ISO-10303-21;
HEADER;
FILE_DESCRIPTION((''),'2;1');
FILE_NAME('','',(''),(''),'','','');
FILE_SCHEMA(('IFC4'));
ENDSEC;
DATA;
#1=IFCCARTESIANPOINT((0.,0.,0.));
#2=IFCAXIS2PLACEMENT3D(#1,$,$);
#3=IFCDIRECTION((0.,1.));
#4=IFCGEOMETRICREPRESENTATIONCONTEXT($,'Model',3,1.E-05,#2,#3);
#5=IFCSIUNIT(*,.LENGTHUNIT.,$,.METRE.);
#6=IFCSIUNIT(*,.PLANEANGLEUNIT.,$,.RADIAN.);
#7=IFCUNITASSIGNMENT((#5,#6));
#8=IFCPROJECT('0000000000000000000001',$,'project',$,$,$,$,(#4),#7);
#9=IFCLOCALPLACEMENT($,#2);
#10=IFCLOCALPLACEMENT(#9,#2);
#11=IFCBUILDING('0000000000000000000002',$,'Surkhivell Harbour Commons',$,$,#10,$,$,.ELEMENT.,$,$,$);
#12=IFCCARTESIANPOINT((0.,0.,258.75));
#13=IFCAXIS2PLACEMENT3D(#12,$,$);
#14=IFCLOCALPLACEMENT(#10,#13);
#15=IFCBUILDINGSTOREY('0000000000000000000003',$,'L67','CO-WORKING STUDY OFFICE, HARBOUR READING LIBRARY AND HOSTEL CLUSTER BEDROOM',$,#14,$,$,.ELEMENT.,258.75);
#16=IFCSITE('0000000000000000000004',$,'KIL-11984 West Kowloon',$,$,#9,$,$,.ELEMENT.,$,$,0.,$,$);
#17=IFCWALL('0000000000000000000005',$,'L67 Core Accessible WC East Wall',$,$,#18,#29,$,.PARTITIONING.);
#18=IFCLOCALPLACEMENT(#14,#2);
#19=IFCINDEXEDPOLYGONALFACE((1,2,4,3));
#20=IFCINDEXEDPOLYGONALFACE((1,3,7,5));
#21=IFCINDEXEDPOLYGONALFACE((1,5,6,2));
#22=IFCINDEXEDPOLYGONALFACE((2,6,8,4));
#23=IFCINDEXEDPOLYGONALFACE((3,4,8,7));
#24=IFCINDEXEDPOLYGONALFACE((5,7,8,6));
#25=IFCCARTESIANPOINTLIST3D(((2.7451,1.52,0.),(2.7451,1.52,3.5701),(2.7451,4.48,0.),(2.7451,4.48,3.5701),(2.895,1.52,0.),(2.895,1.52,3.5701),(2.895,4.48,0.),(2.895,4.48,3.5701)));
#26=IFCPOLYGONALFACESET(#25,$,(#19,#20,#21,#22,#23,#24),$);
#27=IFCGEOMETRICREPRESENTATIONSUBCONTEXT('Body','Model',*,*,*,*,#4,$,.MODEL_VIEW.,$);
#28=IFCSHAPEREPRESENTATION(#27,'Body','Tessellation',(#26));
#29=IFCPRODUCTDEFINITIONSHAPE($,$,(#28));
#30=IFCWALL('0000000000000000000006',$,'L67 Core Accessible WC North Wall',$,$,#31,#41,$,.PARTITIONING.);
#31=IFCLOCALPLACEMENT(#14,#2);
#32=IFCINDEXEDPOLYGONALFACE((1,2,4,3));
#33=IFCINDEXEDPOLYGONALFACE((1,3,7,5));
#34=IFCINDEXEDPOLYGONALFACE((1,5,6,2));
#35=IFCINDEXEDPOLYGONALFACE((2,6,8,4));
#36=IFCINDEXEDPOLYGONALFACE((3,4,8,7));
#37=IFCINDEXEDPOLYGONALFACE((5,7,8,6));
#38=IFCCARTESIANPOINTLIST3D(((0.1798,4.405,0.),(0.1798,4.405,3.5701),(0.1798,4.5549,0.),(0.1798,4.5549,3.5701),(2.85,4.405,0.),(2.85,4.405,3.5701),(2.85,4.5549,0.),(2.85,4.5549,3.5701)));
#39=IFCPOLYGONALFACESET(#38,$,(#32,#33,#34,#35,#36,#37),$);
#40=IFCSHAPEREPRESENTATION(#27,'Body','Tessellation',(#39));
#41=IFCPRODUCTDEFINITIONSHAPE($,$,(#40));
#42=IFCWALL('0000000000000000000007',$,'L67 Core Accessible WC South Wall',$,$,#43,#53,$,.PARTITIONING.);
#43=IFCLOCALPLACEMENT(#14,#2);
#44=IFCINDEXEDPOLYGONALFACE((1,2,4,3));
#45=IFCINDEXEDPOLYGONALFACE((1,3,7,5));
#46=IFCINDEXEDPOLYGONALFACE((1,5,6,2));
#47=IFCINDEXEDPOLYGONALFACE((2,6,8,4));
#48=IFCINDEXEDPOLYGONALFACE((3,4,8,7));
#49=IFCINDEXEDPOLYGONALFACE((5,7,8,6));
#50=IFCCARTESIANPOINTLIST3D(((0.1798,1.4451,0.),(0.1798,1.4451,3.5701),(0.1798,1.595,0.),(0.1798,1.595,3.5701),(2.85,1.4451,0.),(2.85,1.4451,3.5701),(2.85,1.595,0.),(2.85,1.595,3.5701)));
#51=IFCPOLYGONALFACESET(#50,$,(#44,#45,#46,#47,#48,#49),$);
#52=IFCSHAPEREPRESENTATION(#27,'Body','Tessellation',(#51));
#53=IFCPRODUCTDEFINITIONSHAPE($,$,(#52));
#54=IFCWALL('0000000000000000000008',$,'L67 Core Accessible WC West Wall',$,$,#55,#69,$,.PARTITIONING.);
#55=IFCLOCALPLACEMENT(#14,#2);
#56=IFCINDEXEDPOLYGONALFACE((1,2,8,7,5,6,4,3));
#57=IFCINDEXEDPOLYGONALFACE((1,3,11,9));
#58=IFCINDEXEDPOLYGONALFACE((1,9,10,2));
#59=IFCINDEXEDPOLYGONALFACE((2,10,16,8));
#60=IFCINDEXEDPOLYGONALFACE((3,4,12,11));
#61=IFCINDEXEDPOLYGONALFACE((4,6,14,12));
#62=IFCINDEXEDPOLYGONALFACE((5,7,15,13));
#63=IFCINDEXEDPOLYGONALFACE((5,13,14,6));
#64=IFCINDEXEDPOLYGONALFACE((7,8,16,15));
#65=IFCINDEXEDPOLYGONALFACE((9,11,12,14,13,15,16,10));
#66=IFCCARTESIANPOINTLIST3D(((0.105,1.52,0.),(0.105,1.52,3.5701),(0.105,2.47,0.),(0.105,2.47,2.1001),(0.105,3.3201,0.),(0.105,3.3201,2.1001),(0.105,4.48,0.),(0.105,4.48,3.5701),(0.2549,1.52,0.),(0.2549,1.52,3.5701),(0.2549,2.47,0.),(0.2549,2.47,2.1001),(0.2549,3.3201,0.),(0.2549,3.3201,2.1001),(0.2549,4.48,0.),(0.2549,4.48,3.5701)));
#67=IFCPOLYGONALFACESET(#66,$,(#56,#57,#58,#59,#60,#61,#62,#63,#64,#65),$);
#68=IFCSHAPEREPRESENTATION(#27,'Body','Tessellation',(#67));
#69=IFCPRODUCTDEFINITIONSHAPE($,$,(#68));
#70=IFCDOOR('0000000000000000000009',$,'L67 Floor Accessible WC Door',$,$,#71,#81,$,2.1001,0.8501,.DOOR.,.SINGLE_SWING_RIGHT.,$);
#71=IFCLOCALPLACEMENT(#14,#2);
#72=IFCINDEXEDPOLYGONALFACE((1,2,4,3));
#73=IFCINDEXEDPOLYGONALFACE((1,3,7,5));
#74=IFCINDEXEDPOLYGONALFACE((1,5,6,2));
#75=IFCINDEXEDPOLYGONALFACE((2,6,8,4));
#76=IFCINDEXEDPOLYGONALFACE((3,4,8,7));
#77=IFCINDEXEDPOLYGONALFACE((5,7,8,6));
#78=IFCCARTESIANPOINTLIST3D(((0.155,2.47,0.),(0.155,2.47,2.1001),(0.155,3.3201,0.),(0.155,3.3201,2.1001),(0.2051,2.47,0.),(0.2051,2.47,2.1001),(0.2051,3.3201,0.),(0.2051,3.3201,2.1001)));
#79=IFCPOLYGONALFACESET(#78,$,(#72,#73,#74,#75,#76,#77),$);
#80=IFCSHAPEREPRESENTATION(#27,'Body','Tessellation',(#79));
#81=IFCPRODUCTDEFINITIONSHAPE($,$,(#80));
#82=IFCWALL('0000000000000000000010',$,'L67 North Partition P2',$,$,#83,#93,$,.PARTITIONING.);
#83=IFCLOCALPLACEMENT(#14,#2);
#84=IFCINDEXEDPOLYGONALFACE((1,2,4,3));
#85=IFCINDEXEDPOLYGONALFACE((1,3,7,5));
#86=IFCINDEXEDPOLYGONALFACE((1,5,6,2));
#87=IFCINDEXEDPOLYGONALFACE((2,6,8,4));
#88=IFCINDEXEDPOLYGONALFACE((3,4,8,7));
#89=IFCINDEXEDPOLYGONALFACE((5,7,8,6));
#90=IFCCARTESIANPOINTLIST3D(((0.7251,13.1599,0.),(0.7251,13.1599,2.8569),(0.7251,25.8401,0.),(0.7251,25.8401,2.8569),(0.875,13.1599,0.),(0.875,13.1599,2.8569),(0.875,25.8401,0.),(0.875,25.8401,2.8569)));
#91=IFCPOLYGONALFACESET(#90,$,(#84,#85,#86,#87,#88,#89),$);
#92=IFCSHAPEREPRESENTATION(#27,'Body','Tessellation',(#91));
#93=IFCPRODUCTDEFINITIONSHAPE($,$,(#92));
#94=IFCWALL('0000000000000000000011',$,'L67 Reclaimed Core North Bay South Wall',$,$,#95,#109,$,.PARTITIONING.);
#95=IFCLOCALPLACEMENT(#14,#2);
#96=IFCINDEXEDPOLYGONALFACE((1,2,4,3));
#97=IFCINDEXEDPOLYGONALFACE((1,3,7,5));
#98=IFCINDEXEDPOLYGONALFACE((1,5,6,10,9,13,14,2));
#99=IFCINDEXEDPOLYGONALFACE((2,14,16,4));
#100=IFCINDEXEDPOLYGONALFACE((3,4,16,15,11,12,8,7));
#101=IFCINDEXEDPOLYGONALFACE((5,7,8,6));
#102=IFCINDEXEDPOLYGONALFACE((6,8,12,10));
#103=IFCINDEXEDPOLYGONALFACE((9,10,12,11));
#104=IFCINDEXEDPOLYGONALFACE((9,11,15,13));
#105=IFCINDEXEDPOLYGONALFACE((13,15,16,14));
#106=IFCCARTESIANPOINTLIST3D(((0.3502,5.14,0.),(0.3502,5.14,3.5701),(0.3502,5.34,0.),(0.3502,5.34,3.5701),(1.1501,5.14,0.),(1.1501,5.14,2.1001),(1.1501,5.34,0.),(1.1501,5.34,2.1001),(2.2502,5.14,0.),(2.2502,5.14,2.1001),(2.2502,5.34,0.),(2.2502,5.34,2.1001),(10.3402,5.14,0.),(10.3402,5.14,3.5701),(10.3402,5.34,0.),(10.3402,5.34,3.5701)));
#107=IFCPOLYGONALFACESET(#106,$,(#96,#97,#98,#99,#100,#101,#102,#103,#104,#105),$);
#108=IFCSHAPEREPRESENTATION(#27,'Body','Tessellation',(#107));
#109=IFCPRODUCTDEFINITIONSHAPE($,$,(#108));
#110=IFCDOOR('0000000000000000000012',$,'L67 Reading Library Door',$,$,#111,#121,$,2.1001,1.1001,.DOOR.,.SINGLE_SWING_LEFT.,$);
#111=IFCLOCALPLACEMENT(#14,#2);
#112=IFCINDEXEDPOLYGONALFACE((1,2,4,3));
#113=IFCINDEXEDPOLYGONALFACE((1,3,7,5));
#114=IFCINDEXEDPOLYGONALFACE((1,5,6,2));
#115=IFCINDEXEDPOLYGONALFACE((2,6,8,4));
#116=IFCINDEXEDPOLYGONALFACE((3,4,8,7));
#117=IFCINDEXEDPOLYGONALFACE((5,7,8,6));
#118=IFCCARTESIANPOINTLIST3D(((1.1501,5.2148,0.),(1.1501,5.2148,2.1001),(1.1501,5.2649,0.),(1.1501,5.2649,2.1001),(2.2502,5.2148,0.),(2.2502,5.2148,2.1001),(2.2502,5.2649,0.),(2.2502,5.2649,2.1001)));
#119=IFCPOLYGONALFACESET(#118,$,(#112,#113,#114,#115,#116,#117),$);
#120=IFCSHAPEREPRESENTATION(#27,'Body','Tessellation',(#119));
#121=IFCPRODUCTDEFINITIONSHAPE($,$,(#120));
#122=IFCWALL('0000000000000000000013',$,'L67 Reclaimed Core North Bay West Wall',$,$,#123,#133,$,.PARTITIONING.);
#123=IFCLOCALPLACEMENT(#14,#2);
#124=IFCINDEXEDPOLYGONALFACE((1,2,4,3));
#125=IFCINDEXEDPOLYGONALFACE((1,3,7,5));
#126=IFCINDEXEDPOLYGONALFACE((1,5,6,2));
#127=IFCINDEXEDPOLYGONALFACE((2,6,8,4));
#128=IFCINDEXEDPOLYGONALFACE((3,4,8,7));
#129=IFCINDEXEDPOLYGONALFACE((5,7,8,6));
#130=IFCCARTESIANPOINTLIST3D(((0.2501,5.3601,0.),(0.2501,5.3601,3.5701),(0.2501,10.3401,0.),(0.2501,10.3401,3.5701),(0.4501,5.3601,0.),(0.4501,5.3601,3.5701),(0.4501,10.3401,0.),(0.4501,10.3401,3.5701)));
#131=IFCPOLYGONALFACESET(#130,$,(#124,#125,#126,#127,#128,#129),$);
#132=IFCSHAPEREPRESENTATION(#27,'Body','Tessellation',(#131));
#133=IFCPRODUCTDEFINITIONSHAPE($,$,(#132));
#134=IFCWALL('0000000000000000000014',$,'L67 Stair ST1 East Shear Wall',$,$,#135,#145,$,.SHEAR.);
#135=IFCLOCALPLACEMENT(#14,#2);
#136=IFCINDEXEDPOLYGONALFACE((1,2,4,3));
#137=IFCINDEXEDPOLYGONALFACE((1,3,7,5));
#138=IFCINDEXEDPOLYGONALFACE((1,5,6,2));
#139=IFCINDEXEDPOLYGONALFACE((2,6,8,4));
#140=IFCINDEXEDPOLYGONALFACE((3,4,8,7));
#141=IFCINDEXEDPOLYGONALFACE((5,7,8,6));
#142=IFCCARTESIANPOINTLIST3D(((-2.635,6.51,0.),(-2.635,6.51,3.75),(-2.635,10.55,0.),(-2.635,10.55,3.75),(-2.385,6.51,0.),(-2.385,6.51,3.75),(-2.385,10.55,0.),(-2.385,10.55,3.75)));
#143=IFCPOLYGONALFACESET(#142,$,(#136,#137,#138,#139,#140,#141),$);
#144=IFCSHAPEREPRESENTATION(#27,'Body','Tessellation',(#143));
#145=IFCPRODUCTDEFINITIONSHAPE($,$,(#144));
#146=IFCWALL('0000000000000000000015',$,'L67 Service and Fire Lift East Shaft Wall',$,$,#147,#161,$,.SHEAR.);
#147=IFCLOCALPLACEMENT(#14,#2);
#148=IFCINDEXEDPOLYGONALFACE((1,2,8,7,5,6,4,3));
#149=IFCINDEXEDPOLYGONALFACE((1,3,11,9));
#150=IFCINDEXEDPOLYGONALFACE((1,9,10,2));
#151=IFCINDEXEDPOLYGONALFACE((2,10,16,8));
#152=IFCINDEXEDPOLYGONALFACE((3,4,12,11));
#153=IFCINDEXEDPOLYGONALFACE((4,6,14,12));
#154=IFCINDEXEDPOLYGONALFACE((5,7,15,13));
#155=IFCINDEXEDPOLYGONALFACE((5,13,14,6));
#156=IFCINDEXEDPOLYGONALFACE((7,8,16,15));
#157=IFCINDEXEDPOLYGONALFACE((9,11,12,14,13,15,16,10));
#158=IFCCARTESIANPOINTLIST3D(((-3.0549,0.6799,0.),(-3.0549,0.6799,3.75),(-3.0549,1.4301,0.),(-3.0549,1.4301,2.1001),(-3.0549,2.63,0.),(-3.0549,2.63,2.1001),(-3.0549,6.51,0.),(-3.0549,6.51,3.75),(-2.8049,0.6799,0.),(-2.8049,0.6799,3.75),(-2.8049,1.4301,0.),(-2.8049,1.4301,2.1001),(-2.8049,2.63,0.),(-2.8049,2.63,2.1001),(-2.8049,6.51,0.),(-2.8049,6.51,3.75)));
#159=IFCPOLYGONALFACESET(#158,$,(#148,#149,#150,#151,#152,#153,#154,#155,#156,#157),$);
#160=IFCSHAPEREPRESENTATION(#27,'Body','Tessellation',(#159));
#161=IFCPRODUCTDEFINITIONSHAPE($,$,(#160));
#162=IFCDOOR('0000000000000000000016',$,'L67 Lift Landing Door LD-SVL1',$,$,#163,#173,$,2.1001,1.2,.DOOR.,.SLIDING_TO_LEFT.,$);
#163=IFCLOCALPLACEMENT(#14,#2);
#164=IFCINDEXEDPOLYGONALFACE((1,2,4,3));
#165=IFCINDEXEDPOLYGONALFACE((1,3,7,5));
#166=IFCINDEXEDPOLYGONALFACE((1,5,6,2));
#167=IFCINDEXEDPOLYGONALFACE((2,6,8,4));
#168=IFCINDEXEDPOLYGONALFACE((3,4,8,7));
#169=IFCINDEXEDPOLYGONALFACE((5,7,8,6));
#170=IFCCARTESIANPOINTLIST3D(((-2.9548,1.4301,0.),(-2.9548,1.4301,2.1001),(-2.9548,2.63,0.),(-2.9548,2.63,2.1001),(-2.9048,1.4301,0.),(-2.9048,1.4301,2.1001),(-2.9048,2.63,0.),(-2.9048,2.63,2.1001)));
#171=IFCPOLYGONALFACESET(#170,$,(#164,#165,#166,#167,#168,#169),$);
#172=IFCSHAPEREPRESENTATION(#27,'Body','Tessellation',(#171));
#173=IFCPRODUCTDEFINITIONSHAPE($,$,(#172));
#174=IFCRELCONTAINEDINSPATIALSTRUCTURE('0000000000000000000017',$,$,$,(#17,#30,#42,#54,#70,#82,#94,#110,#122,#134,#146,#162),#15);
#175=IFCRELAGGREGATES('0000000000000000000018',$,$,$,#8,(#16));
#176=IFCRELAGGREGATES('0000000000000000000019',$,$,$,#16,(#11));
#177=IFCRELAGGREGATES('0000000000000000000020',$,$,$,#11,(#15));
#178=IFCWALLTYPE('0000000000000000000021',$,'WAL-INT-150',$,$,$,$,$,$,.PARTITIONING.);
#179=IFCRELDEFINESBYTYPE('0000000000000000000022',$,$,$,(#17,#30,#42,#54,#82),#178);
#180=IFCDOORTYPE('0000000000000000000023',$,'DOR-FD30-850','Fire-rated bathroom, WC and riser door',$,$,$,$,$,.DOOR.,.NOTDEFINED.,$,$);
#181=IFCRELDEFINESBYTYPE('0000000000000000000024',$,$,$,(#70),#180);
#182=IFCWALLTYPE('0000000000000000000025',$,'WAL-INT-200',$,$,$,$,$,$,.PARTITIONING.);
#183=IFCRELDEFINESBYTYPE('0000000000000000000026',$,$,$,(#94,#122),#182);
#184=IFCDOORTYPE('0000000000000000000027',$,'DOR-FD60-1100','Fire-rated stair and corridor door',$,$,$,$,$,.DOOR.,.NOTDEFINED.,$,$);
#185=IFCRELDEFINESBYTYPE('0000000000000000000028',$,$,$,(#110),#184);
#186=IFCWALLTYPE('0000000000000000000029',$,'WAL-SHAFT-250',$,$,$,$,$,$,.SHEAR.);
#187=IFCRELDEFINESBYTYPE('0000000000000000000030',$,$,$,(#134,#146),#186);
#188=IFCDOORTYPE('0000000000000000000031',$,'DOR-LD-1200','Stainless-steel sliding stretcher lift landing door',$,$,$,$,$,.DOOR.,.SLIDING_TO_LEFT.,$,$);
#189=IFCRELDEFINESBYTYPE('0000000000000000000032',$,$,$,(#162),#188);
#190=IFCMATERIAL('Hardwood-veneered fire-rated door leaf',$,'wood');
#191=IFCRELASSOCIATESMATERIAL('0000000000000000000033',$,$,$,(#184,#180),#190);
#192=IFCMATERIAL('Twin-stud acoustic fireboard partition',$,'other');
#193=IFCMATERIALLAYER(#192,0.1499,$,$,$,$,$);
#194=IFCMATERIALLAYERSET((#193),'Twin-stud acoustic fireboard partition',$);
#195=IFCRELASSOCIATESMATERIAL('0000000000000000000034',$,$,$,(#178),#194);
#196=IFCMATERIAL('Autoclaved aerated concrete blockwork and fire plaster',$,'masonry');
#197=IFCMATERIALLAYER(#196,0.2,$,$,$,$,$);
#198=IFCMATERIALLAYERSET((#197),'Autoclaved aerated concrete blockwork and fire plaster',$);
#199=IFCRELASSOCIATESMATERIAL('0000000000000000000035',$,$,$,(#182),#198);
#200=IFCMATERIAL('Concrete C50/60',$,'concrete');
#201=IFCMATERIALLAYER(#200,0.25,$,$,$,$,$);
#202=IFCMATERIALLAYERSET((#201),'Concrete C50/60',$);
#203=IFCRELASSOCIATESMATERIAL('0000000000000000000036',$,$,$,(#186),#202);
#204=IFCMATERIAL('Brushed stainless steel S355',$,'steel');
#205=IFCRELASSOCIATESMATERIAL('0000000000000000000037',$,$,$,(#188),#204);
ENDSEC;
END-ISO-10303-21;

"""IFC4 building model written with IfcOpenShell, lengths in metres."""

from ifc_helpers import new_model, si_unit, direction, frame, frame_2d, origin, place, context, subcontext, project, spatial, rectangle, extrude, material, layer, layer_set, type_object, element, fill, save


model = new_model("IFC4")

# Units and contexts
model_context = context("Model", 3, precision=1e-05, world=origin(), true_north=direction((0.0, 1.0)))
body_context = subcontext(model_context, "Body", "Model", "MODEL_VIEW")
ifc_project = project(units=[si_unit("LENGTHUNIT", "METRE"), si_unit("PLANEANGLEUNIT", "RADIAN")], contexts=[model_context])

# Site, building, storey
site_placement = place(None, origin())
site = spatial("IfcSite", under=ifc_project, at=site_placement, Name="KIL-11984 West Kowloon", CompositionType="ELEMENT", RefElevation=0.0)
building_placement = place(site_placement, origin())
building = spatial("IfcBuilding", under=site, at=building_placement, Name="Surkhivell Harbour Commons", CompositionType="ELEMENT")
storey_placement = place(building_placement, frame((0.0, 0.0, 258.75)))
storey = spatial("IfcBuildingStorey", under=building, at=storey_placement, Name="L67", Description="CO-WORKING STUDY OFFICE, HARBOUR READING LIBRARY AND HOSTEL CLUSTER BEDROOM", CompositionType="ELEMENT", Elevation=258.75)

# Shared definitions
ifc_material_1 = material(Name="Concrete C50/60", Category="concrete")
ifc_material_2 = material(Name="Hardwood-veneered fire-rated door leaf", Category="wood")
door_type_1 = type_object("IfcDoorType", Name="DOR-FD60-1100", Description="Fire-rated stair and corridor door", OperationType="NOTDEFINED", PredefinedType="DOOR", material=ifc_material_2)

# Walls
ifc_material_3 = material(Name="Twin-stud acoustic fireboard partition", Category="other")
ifc_layer_1 = layer(ifc_material_3, 0.1499)
ifc_layer_set_1 = layer_set([ifc_layer_1], Name="Twin-stud acoustic fireboard partition")
wall_type_1 = type_object("IfcWallType", Name="WAL-INT-150", PredefinedType="PARTITIONING", material=ifc_layer_set_1)
wall_1_placement = place(storey_placement, frame((2.8201, 1.52, 0.0), z_axis=(0.0, 0.0, 1.0), x_axis=(0.0, 1.0, 0.0)))
element("IfcWall", 1, at=wall_1_placement, inside=storey, type_object=wall_type_1, Name="L67 Core Accessible WC East Wall", PredefinedType="PARTITIONING", context=body_context, shape_type="SweptSolid", body=[
    extrude(rectangle(XDim=2.96, YDim=0.1499, at=frame_2d((1.48, 0.0))), origin(), (0.0, 0.0, 1.0), 3.5701),
])
for number, where, z_axis, x_axis, name in (
    (2, (0.1799, 4.48, 0.0), (0.0, 0.0, 1.0), (1.0, 0.0, 0.0), "L67 Core Accessible WC North Wall"),
    (3, (0.1799, 1.52, 0.0), (0.0, 0.0, 1.0), (1.0, 0.0, 0.0), "L67 Core Accessible WC South Wall"),
):
    element("IfcWall", number, at=place(storey_placement, frame(where, z_axis=z_axis, x_axis=x_axis)), inside=storey, type_object=wall_type_1, Name=name, PredefinedType="PARTITIONING", context=body_context, shape_type="SweptSolid", body=[
        extrude(rectangle(XDim=2.6702, YDim=0.1499, at=frame_2d((1.335, 0.0))), origin(), (0.0, 0.0, 1.0), 3.5701),
    ])

# Wall, opening, door
wall_2_placement = place(storey_placement, frame((0.1799, 1.52, 0.0), z_axis=(0.0, 0.0, 1.0), x_axis=(0.0, 1.0, 0.0)))
wall_2 = element("IfcWall", 4, at=wall_2_placement, inside=storey, type_object=wall_type_1, Name="L67 Core Accessible WC West Wall", PredefinedType="PARTITIONING", context=body_context, shape_type="SweptSolid", body=[
    extrude(rectangle(XDim=2.96, YDim=0.1499, at=frame_2d((1.48, 0.0))), origin(), (0.0, 0.0, 1.0), 3.5701),
])
opening_1_placement = place(wall_2_placement, frame((0.95, 0.0, 0.0)))
opening_1 = element("IfcOpeningElement", 5, at=opening_1_placement, cuts=wall_2, PredefinedType="OPENING", context=body_context, shape_type="SweptSolid", body=[
    extrude(rectangle(XDim=0.8501, YDim=2.1001, at=frame_2d((0.425, 1.05))), frame((0.0, 0.085, 0.0), z_axis=(0.0, -1.0, 0.0), x_axis=(1.0, 0.0, 0.0)), (0.0, 0.0, 1.0), 0.1699),
])
door_type_2 = type_object("IfcDoorType", Name="DOR-FD30-850", Description="Fire-rated bathroom, WC and riser door", OperationType="NOTDEFINED", PredefinedType="DOOR", material=ifc_material_2)
door_1_placement = place(opening_1_placement, origin())
door_1 = element("IfcDoor", 6, at=door_1_placement, inside=storey, type_object=door_type_2, Name="L67 Floor Accessible WC Door", OperationType="SINGLE_SWING_RIGHT", OverallHeight=2.1001, OverallWidth=0.8501, PredefinedType="DOOR", context=body_context, shape_type="SweptSolid", body=[
    extrude(rectangle(XDim=0.8501, YDim=2.1001, at=frame_2d((0.425, 1.05))), frame((0.0, 0.0249, 0.0), z_axis=(0.0, -1.0, 0.0), x_axis=(1.0, 0.0, 0.0)), (0.0, 0.0, 1.0), 0.05),
])
fill(opening_1, door_1)

# Wall
wall_3_placement = place(storey_placement, frame((0.8, 13.1599, 0.0), z_axis=(0.0, 0.0, 1.0), x_axis=(0.0, 1.0, 0.0)))
element("IfcWall", 7, at=wall_3_placement, inside=storey, type_object=wall_type_1, Name="L67 North Partition P2", PredefinedType="PARTITIONING", context=body_context, shape_type="SweptSolid", body=[
    extrude(rectangle(XDim=12.6802, YDim=0.1499, at=frame_2d((6.3401, 0.0))), origin(), (0.0, 0.0, 1.0), 2.8569),
])

# Wall, opening, door
ifc_material_4 = material(Name="Autoclaved aerated concrete blockwork and fire plaster", Category="masonry")
ifc_layer_2 = layer(ifc_material_4, 0.2)
ifc_layer_set_2 = layer_set([ifc_layer_2], Name="Autoclaved aerated concrete blockwork and fire plaster")
wall_type_2 = type_object("IfcWallType", Name="WAL-INT-200", PredefinedType="PARTITIONING", material=ifc_layer_set_2)
wall_4_placement = place(storey_placement, frame((0.3501, 5.24, 0.0), z_axis=(0.0, 0.0, 1.0), x_axis=(1.0, 0.0, 0.0)))
wall_4 = element("IfcWall", 8, at=wall_4_placement, inside=storey, type_object=wall_type_2, Name="L67 Reclaimed Core North Bay South Wall", PredefinedType="PARTITIONING", context=body_context, shape_type="SweptSolid", body=[
    extrude(rectangle(XDim=9.99, YDim=0.2, at=frame_2d((4.9951, 0.0))), origin(), (0.0, 0.0, 1.0), 3.5701),
])
opening_2_placement = place(wall_4_placement, frame((0.8, 0.0, 0.0)))
opening_2 = element("IfcOpeningElement", 9, at=opening_2_placement, cuts=wall_4, PredefinedType="OPENING", context=body_context, shape_type="SweptSolid", body=[
    extrude(rectangle(XDim=1.1001, YDim=2.1001, at=frame_2d((0.55, 1.05))), frame((0.0, 0.1099, 0.0), z_axis=(0.0, -1.0, 0.0), x_axis=(1.0, 0.0, 0.0)), (0.0, 0.0, 1.0), 0.22),
])
door_2_placement = place(opening_2_placement, origin())
door_2 = element("IfcDoor", 10, at=door_2_placement, inside=storey, type_object=door_type_1, Name="L67 Reading Library Door", OperationType="SINGLE_SWING_LEFT", OverallHeight=2.1001, OverallWidth=1.1001, PredefinedType="DOOR", context=body_context, shape_type="SweptSolid", body=[
    extrude(rectangle(XDim=1.1001, YDim=2.1001, at=frame_2d((0.55, 1.05))), frame((0.0, 0.0249, 0.0), z_axis=(0.0, -1.0, 0.0), x_axis=(1.0, 0.0, 0.0)), (0.0, 0.0, 1.0), 0.05),
])
fill(opening_2, door_2)

# Walls
wall_5_placement = place(storey_placement, frame((0.3501, 5.3601, 0.0), z_axis=(0.0, 0.0, 1.0), x_axis=(0.0, 1.0, 0.0)))
element("IfcWall", 11, at=wall_5_placement, inside=storey, type_object=wall_type_2, Name="L67 Reclaimed Core North Bay West Wall", PredefinedType="PARTITIONING", context=body_context, shape_type="SweptSolid", body=[
    extrude(rectangle(XDim=4.98, YDim=0.2, at=frame_2d((2.49, 0.0))), origin(), (0.0, 0.0, 1.0), 3.5701),
])
ifc_layer_3 = layer(ifc_material_1, 0.25)
ifc_layer_set_3 = layer_set([ifc_layer_3], Name="Concrete C50/60")
wall_type_3 = type_object("IfcWallType", Name="WAL-SHAFT-250", PredefinedType="SHEAR", material=ifc_layer_set_3)
wall_6_placement = place(storey_placement, frame((-2.51, 6.51, 0.0), z_axis=(0.0, 0.0, 1.0), x_axis=(0.0, 1.0, 0.0)))
element("IfcWall", 12, at=wall_6_placement, inside=storey, type_object=wall_type_3, Name="L67 Stair ST1 East Shear Wall", PredefinedType="SHEAR", context=body_context, shape_type="SweptSolid", body=[
    extrude(rectangle(XDim=4.04, YDim=0.25, at=frame_2d((2.02, 0.0))), origin(), (0.0, 0.0, 1.0), 3.75),
])

# Wall, opening, door
wall_7_placement = place(storey_placement, frame((-2.9299, 0.6799, 0.0), z_axis=(0.0, 0.0, 1.0), x_axis=(0.0, 1.0, 0.0)))
wall_7 = element("IfcWall", 13, at=wall_7_placement, inside=storey, type_object=wall_type_3, Name="L67 Service and Fire Lift East Shaft Wall", PredefinedType="SHEAR", context=body_context, shape_type="SweptSolid", body=[
    extrude(rectangle(XDim=5.8301, YDim=0.25, at=frame_2d((2.915, 0.0))), origin(), (0.0, 0.0, 1.0), 3.75),
])
opening_3_placement = place(wall_7_placement, frame((0.75, 0.0, 0.0)))
opening_3 = element("IfcOpeningElement", 14, at=opening_3_placement, cuts=wall_7, PredefinedType="OPENING", context=body_context, shape_type="SweptSolid", body=[
    extrude(rectangle(XDim=1.2, YDim=2.1001, at=frame_2d((0.6001, 1.05))), frame((0.0, 0.135, 0.0), z_axis=(0.0, -1.0, 0.0), x_axis=(1.0, 0.0, 0.0)), (0.0, 0.0, 1.0), 0.27),
])
ifc_material_5 = material(Name="Brushed stainless steel S355", Category="steel")
door_type_3 = type_object("IfcDoorType", Name="DOR-LD-1200", Description="Stainless-steel sliding stretcher lift landing door", OperationType="SLIDING_TO_LEFT", PredefinedType="DOOR", material=ifc_material_5)
door_3_placement = place(opening_3_placement, origin())
door_3 = element("IfcDoor", 15, at=door_3_placement, inside=storey, type_object=door_type_3, Name="L67 Lift Landing Door LD-SVL1", OperationType="SLIDING_TO_LEFT", OverallHeight=2.1001, OverallWidth=1.2, PredefinedType="DOOR", context=body_context, shape_type="SweptSolid", body=[
    extrude(rectangle(XDim=1.2, YDim=2.1001, at=frame_2d((0.6001, 1.05))), frame((0.0, 0.0249, 0.0), z_axis=(0.0, -1.0, 0.0), x_axis=(1.0, 0.0, 0.0)), (0.0, 0.0, 1.0), 0.05),
])
fill(opening_3, door_3)

save(model, "model.ifc")
